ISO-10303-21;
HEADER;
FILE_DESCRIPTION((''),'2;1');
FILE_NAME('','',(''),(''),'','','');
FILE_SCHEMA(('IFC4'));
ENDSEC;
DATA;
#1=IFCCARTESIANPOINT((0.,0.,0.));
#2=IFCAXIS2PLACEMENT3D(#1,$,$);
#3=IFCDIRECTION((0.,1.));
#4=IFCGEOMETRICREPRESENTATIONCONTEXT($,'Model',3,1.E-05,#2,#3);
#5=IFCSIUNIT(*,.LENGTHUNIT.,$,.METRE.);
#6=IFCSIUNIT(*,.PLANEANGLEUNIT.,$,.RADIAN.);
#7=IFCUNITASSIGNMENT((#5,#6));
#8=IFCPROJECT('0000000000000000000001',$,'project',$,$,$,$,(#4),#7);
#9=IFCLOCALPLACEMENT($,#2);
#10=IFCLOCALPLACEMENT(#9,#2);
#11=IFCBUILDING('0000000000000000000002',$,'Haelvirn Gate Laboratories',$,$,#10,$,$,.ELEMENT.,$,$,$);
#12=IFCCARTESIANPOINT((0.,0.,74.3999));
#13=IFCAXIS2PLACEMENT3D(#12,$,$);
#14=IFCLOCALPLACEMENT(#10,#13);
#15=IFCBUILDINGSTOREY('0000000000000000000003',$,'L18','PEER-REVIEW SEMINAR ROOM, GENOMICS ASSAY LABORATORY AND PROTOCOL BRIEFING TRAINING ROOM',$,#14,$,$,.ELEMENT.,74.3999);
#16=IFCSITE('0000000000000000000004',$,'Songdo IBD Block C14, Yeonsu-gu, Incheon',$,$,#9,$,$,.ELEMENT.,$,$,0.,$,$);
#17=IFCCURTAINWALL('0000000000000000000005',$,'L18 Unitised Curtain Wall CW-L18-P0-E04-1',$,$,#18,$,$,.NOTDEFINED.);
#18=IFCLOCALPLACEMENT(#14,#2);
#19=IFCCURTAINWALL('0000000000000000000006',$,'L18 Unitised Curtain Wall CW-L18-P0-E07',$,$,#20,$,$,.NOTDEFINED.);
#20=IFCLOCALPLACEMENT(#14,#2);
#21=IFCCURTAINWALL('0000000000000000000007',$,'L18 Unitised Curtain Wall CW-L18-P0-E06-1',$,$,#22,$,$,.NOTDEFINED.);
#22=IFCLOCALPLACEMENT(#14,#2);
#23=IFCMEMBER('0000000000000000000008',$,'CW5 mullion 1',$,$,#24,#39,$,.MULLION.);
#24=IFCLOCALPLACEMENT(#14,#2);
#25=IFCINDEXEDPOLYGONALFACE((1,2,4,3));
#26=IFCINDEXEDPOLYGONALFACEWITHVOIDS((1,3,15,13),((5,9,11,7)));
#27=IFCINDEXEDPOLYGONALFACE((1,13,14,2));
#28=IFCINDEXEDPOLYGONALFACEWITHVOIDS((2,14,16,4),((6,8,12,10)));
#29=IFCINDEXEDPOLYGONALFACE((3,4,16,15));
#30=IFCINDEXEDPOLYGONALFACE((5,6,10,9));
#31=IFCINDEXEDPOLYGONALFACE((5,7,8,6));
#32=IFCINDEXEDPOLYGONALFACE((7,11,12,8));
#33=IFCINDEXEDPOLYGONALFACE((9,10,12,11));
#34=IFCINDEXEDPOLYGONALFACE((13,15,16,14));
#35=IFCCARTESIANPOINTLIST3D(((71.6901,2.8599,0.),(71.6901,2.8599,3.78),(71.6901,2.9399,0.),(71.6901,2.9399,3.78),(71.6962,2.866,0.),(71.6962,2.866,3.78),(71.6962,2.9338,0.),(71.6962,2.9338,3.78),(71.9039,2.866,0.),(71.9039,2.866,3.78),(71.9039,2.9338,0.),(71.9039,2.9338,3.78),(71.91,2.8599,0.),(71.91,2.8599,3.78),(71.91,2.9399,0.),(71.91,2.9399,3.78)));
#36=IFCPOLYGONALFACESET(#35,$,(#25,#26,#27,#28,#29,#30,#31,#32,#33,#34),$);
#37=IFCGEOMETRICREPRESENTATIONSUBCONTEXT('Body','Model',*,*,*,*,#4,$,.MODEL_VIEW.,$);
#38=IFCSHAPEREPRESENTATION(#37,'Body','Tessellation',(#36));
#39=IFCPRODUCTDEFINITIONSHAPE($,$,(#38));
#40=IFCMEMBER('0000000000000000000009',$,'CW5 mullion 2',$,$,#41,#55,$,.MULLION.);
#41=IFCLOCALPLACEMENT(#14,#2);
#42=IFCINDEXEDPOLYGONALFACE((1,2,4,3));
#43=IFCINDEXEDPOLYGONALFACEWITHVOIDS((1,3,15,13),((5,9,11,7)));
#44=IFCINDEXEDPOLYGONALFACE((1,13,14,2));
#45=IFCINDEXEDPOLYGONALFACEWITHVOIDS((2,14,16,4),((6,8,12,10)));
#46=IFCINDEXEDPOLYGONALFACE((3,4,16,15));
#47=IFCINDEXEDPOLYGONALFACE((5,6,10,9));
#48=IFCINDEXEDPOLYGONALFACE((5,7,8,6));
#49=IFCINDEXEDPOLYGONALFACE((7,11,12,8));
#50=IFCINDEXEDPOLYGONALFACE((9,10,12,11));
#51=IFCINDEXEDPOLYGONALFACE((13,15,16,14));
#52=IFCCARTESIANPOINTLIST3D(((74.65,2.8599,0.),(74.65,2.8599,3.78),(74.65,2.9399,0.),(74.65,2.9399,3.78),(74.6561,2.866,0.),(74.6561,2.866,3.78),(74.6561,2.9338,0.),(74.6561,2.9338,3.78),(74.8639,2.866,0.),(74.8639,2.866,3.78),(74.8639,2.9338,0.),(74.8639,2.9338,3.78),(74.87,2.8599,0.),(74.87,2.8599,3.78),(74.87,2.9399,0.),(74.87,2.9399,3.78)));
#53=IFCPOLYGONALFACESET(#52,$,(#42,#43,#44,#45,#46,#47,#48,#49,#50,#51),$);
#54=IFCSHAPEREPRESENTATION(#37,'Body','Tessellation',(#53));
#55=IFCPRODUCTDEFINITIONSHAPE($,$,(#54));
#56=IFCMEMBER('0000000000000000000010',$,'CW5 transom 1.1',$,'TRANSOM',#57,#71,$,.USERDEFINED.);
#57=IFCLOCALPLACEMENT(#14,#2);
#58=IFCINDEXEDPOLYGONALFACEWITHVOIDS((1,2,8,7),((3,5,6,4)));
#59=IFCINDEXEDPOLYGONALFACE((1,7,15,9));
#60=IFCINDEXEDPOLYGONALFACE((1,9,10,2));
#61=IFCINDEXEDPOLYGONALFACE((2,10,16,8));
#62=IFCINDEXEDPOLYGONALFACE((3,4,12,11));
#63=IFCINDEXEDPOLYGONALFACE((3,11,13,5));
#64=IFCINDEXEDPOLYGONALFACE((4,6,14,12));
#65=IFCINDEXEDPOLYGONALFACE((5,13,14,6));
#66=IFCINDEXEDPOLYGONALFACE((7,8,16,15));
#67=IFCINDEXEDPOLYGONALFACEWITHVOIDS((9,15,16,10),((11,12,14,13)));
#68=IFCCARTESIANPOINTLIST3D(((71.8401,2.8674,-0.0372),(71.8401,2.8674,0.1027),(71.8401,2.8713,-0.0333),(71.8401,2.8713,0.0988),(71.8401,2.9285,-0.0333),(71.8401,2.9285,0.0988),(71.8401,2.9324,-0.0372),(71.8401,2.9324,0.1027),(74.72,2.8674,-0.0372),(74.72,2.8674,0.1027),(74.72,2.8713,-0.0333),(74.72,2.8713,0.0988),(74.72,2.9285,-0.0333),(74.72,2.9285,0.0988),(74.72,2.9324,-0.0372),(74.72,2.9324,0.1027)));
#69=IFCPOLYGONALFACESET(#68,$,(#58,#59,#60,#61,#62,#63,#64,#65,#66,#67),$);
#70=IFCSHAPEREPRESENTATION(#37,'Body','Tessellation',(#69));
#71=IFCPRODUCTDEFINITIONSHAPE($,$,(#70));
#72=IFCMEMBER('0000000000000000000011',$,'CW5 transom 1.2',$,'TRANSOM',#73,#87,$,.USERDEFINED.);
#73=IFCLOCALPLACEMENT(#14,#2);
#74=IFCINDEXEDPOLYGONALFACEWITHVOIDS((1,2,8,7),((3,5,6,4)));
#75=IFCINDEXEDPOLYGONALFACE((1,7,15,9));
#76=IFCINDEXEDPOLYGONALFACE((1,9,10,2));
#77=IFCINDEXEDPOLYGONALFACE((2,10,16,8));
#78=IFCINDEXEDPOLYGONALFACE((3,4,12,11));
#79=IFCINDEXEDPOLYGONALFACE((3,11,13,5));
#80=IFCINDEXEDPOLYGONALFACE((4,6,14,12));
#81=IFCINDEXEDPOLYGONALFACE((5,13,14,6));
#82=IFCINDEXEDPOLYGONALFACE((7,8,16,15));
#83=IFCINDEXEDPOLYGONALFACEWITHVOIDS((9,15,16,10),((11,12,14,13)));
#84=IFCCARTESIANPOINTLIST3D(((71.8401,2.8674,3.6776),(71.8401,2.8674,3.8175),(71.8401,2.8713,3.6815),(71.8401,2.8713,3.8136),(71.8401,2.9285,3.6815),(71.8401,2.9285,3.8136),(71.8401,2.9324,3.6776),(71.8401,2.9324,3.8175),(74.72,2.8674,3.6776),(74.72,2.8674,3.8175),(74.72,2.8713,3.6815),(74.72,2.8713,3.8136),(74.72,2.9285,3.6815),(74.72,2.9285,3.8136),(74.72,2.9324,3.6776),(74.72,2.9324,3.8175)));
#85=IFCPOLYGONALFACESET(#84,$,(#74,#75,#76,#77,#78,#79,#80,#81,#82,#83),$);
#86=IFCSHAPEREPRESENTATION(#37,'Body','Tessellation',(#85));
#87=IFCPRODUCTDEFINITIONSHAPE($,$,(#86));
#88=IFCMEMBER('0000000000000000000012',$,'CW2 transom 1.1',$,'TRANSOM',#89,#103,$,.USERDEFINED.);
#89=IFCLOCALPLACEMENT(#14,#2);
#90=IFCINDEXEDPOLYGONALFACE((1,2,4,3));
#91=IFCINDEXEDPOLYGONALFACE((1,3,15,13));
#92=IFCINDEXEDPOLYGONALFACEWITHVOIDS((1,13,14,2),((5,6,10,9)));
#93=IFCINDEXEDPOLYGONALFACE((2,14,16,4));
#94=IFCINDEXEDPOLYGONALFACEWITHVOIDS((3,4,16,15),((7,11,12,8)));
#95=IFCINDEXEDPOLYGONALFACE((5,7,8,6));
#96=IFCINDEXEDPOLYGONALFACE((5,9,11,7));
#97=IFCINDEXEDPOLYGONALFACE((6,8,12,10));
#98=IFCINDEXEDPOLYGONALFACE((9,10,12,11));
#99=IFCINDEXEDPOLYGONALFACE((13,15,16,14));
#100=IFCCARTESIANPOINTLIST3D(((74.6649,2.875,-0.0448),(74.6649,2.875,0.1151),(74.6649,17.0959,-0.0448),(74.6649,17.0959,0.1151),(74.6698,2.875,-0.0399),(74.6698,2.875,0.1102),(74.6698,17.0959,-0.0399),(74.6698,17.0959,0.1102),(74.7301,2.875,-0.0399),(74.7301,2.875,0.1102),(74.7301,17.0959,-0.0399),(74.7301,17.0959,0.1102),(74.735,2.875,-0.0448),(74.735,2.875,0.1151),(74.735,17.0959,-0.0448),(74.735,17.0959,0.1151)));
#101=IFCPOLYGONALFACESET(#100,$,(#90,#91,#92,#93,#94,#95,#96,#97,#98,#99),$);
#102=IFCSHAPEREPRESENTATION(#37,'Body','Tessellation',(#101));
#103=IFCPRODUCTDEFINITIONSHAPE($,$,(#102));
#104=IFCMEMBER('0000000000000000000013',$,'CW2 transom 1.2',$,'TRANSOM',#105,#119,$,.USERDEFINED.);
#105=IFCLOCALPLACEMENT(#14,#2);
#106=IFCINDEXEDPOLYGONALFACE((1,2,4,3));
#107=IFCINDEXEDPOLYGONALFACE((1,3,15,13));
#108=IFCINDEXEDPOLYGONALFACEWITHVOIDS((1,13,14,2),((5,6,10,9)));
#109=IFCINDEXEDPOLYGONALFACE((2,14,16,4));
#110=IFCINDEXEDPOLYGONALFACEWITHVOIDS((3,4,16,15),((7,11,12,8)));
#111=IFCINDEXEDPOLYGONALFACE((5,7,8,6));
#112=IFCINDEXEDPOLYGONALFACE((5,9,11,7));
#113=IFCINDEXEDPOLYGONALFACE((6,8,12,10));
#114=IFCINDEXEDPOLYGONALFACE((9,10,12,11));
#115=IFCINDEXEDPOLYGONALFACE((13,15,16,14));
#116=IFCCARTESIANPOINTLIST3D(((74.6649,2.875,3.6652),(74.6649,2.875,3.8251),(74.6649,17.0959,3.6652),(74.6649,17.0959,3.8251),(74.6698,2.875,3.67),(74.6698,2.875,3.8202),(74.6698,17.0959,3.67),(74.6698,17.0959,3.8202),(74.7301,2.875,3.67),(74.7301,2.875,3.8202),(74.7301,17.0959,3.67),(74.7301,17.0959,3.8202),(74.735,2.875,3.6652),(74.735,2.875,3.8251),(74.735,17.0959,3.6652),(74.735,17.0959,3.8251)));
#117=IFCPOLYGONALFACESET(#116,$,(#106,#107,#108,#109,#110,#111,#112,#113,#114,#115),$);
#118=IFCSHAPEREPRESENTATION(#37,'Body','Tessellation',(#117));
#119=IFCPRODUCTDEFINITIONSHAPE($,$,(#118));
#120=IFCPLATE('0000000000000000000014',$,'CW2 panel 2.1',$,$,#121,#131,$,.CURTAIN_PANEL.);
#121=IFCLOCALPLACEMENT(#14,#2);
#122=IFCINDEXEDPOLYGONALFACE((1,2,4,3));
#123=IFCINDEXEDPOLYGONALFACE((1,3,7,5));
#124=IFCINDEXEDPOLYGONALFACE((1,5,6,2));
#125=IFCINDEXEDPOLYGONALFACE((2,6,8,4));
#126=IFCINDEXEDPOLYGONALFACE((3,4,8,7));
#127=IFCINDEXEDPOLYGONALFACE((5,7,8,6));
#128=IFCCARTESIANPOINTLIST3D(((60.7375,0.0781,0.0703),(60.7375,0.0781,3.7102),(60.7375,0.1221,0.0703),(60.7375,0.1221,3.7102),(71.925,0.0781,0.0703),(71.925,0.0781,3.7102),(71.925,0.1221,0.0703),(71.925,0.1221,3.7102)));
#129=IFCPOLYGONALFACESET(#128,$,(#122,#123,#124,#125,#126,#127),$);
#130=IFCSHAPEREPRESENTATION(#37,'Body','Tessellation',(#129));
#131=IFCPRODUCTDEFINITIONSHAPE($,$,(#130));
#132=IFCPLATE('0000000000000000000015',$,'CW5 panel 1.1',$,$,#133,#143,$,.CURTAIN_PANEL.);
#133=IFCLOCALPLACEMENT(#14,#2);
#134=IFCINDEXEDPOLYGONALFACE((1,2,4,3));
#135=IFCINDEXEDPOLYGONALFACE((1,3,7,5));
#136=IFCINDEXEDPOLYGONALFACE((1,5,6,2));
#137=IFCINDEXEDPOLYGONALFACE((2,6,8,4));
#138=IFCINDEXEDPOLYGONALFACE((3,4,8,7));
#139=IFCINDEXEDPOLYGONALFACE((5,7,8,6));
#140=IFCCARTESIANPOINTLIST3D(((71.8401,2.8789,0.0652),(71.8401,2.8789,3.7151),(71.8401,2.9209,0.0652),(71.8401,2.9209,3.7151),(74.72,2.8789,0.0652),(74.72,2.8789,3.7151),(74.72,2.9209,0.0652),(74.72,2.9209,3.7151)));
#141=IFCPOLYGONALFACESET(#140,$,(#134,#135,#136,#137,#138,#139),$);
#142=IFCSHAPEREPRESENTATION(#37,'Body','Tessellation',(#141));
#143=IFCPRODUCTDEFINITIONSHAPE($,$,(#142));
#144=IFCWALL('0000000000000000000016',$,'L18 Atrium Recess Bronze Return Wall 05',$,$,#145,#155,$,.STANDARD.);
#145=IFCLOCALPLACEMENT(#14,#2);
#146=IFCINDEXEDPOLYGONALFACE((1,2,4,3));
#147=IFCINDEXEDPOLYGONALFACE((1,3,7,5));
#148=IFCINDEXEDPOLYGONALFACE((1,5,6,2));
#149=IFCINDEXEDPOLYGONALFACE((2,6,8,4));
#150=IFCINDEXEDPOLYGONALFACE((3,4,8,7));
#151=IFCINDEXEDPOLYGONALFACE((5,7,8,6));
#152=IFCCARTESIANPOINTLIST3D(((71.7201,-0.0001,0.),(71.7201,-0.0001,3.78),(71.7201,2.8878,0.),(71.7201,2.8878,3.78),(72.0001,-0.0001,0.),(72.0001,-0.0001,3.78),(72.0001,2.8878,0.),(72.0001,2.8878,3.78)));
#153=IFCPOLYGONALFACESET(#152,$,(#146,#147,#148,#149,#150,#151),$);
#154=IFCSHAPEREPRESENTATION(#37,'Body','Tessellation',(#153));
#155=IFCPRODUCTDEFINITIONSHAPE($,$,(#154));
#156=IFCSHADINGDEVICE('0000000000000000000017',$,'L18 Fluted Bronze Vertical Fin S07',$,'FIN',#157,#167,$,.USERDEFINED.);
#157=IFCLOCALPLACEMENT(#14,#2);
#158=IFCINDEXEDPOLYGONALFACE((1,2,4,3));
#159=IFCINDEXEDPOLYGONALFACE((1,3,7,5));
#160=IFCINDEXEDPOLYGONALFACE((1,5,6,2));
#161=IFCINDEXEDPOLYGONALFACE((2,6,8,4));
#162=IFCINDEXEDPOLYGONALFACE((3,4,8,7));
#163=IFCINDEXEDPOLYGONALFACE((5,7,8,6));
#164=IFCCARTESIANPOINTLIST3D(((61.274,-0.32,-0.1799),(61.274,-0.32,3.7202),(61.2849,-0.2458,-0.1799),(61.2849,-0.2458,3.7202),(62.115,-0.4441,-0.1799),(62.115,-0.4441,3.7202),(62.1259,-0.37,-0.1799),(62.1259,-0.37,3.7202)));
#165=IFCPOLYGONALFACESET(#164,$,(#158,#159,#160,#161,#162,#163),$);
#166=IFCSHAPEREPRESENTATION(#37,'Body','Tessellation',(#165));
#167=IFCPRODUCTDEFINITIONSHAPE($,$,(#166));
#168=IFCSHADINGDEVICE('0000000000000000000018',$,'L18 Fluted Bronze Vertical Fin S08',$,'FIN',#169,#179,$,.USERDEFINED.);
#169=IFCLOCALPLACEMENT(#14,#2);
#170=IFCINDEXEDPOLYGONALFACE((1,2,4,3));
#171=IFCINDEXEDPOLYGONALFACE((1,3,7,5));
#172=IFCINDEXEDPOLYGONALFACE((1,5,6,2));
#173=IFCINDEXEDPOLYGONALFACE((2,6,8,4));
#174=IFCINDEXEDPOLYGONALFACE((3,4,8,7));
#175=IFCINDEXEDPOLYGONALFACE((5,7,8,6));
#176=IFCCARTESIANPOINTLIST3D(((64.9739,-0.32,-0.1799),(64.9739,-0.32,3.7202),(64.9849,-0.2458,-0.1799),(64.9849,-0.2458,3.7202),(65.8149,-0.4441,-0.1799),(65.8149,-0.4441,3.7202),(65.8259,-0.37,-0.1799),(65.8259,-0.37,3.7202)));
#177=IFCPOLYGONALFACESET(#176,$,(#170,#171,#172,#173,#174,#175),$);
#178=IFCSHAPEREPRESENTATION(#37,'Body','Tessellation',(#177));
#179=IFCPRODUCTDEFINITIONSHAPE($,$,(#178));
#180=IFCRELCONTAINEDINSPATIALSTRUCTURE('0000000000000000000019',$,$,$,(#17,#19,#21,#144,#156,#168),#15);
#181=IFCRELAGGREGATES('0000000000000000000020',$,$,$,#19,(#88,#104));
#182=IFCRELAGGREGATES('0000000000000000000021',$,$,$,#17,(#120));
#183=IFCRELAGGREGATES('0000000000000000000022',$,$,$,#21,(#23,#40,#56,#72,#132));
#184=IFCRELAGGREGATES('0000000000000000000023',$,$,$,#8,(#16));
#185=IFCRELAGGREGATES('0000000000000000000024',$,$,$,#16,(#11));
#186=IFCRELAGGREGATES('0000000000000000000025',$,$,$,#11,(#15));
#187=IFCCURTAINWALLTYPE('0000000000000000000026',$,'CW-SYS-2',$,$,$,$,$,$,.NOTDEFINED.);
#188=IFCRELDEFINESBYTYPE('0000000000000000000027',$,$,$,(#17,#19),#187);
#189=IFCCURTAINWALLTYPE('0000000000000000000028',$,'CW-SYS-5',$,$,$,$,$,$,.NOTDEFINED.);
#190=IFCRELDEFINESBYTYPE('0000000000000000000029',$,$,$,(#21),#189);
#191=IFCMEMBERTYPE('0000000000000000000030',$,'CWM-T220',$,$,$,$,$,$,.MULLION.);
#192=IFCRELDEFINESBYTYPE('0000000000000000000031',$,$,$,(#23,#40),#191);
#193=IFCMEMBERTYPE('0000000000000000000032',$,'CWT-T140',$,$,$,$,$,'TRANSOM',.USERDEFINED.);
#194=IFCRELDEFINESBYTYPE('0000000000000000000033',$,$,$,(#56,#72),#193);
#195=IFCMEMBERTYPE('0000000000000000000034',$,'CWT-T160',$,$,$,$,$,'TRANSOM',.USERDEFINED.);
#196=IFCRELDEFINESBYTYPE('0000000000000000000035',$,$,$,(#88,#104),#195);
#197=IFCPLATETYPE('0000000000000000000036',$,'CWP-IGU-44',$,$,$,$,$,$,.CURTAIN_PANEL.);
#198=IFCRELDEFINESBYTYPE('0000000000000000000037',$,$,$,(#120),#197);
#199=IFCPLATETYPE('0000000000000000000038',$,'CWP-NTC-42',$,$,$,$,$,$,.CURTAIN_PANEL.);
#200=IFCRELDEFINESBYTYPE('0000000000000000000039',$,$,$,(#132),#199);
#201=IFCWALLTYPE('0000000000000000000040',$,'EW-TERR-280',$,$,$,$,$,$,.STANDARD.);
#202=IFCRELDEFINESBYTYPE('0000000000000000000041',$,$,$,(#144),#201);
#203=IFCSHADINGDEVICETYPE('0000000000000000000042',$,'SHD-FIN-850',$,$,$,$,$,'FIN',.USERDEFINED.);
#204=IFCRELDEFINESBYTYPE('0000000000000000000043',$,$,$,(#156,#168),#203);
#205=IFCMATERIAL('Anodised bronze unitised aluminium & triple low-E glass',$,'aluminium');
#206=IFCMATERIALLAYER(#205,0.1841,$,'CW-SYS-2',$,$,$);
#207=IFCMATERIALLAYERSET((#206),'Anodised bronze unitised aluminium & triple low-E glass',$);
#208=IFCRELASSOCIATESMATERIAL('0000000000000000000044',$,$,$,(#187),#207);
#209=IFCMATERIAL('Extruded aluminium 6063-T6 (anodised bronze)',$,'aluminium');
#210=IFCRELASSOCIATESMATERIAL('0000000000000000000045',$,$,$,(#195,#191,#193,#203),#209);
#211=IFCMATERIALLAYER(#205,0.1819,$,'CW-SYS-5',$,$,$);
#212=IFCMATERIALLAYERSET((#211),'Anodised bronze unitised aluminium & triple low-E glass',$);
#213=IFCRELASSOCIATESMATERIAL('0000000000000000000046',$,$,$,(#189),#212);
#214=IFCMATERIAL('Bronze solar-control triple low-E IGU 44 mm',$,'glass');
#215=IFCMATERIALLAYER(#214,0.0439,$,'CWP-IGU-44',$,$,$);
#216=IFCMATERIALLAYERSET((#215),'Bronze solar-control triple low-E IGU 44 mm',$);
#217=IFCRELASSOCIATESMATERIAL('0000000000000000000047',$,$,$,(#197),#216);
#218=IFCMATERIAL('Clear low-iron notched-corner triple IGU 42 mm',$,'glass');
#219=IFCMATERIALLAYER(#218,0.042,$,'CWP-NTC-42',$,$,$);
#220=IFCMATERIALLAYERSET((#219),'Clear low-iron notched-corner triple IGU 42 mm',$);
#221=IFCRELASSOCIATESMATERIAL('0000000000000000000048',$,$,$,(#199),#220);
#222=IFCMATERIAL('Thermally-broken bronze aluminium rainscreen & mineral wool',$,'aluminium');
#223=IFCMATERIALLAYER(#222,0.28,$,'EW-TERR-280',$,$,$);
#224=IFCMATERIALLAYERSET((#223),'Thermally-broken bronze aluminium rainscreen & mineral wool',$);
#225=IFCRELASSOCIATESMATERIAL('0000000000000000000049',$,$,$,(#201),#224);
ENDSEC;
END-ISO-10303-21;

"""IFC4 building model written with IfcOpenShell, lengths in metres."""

from ifc_helpers import new_model, si_unit, direction, frame, frame_2d, origin, origin_2d, place, context, subcontext, project, spatial, rectangle, hollow_rectangle, extrude, source, transform, mapped, material, layer, layer_set, material_profile, profile_set, type_object, type_shapes, element, aggregate, save


model = new_model("IFC4")

# Units and contexts
model_context = context("Model", 3, precision=1e-05, world=origin(), true_north=direction((0.0, 1.0)))
body_context = subcontext(model_context, "Body", "Model", "MODEL_VIEW")
ifc_project = project(units=[si_unit("LENGTHUNIT", "METRE"), si_unit("PLANEANGLEUNIT", "RADIAN")], contexts=[model_context])

# Site, building, storey
site_placement = place(None, origin())
site = spatial("IfcSite", under=ifc_project, at=site_placement, Name="Songdo IBD Block C14, Yeonsu-gu, Incheon", CompositionType="ELEMENT", RefElevation=0.0)
building_placement = place(site_placement, origin())
building = spatial("IfcBuilding", under=site, at=building_placement, Name="Haelvirn Gate Laboratories", CompositionType="ELEMENT")
storey_placement = place(building_placement, frame((0.0, 0.0, 74.3999)))
storey = spatial("IfcBuildingStorey", under=building, at=storey_placement, Name="L18", Description="PEER-REVIEW SEMINAR ROOM, GENOMICS ASSAY LABORATORY AND PROTOCOL BRIEFING TRAINING ROOM", CompositionType="ELEMENT", Elevation=74.3999)

# Curtain wall
ifc_material_1 = material(Name="Anodised bronze unitised aluminium & triple low-E glass", Category="aluminium")
ifc_layer_1 = layer(ifc_material_1, 0.1841, Name="CW-SYS-2")
ifc_layer_set_1 = layer_set([ifc_layer_1], Name="Anodised bronze unitised aluminium & triple low-E glass")
curtain_wall_type_1 = type_object("IfcCurtainWallType", Name="CW-SYS-2", PredefinedType="NOTDEFINED", material=ifc_layer_set_1)
curtain_wall_1_placement = place(storey_placement, origin())
curtain_wall_1 = element("IfcCurtainWall", 1, at=curtain_wall_1_placement, inside=storey, type_object=curtain_wall_type_1, Name="L18 Unitised Curtain Wall CW-L18-P0-E04-1", PredefinedType="NOTDEFINED")
ifc_material_2 = material(Name="Extruded aluminium 6063-T6 (anodised bronze)", Category="aluminium")

# Curtain wall
curtain_wall_2_placement = place(storey_placement, origin())
curtain_wall_2 = element("IfcCurtainWall", 2, at=curtain_wall_2_placement, inside=storey, type_object=curtain_wall_type_1, Name="L18 Unitised Curtain Wall CW-L18-P0-E07", PredefinedType="NOTDEFINED")

# Shared definitions
ifc_material_profile_1 = material_profile(ifc_material_2, hollow_rectangle(XDim=0.0701, YDim=0.1599, WallThickness=0.0049, at=origin_2d()), Name="CWT-160x70x5")
ifc_profile_set_1 = profile_set([ifc_material_profile_1], Name="Extruded aluminium 6063-T6 (anodised bronze)")
member_type_1 = type_object("IfcMemberType", Name="CWT-T160", ElementType="TRANSOM", PredefinedType="USERDEFINED", material=ifc_profile_set_1)

# Curtain wall, members
ifc_layer_2 = layer(ifc_material_1, 0.1819, Name="CW-SYS-5")
ifc_layer_set_2 = layer_set([ifc_layer_2], Name="Anodised bronze unitised aluminium & triple low-E glass")
curtain_wall_type_2 = type_object("IfcCurtainWallType", Name="CW-SYS-5", PredefinedType="NOTDEFINED", material=ifc_layer_set_2)
curtain_wall_3_placement = place(storey_placement, origin())
curtain_wall_3 = element("IfcCurtainWall", 3, at=curtain_wall_3_placement, inside=storey, type_object=curtain_wall_type_2, Name="L18 Unitised Curtain Wall CW-L18-P0-E06-1", PredefinedType="NOTDEFINED")
ifc_material_profile_2 = material_profile(ifc_material_2, hollow_rectangle(XDim=0.0801, YDim=0.22, WallThickness=0.0061, at=origin_2d()), Name="CWM-220x80x6")
ifc_profile_set_2 = profile_set([ifc_material_profile_2], Name="Extruded aluminium 6063-T6 (anodised bronze)")
member_type_2 = type_object("IfcMemberType", Name="CWM-T220", PredefinedType="MULLION", material=ifc_profile_set_2)
shared_shape_1 = source(origin(), body_context, "Body", "SweptSolid", [
    extrude(hollow_rectangle(XDim=0.0801, YDim=0.22, WallThickness=0.0061, at=origin_2d()), origin(), (0.0, 0.0, 1.0), 3.78),
])
type_shapes(member_type_2, [shared_shape_1])
member_1_placement = place(storey_placement, frame((71.8, 2.8999, 0.0), z_axis=(0.0, 0.0, 1.0), x_axis=(0.0, 1.0, 0.0)))
member_1 = element("IfcMember", 4, at=member_1_placement, type_object=member_type_2, Name="CW5 mullion 1", PredefinedType="MULLION", context=body_context, shape_type="MappedRepresentation", body=[
    mapped(shared_shape_1, transform((0.0, 0.0, 0.0), scale=1.0)),
])
member_2_placement = place(storey_placement, frame((74.76, 2.8999, 0.0), z_axis=(0.0, 0.0, 1.0), x_axis=(0.0, 1.0, 0.0)))
member_2 = element("IfcMember", 5, at=member_2_placement, type_object=member_type_2, Name="CW5 mullion 2", PredefinedType="MULLION", context=body_context, shape_type="MappedRepresentation", body=[
    mapped(shared_shape_1, transform((0.0, 0.0, 0.0), scale=1.0)),
])
ifc_material_profile_3 = material_profile(ifc_material_2, hollow_rectangle(XDim=0.0649, YDim=0.1399, WallThickness=0.0039, at=origin_2d()), Name="CWT-140x65x4")
ifc_profile_set_3 = profile_set([ifc_material_profile_3], Name="Extruded aluminium 6063-T6 (anodised bronze)")
member_type_3 = type_object("IfcMemberType", Name="CWT-T140", ElementType="TRANSOM", PredefinedType="USERDEFINED", material=ifc_profile_set_3)
shared_shape_2 = source(origin(), body_context, "Body", "SweptSolid", [
    extrude(hollow_rectangle(XDim=0.0649, YDim=0.1399, WallThickness=0.0039, at=origin_2d()), origin(), (0.0, 0.0, 1.0), 2.8799),
])
type_shapes(member_type_3, [shared_shape_2])
member_3_placement = place(storey_placement, frame((71.8401, 2.8999, 0.0327), z_axis=(1.0, 0.0, 0.0), x_axis=(0.0, 1.0, 0.0)))
member_3 = element("IfcMember", 6, at=member_3_placement, type_object=member_type_3, Name="CW5 transom 1.1", ObjectType="TRANSOM", PredefinedType="USERDEFINED", context=body_context, shape_type="MappedRepresentation", body=[
    mapped(shared_shape_2, transform((0.0, 0.0, 0.0), scale=1.0)),
])
member_4_placement = place(storey_placement, frame((71.8401, 2.8999, 3.7476), z_axis=(1.0, 0.0, 0.0), x_axis=(0.0, 1.0, 0.0)))
member_4 = element("IfcMember", 7, at=member_4_placement, type_object=member_type_3, Name="CW5 transom 1.2", ObjectType="TRANSOM", PredefinedType="USERDEFINED", context=body_context, shape_type="MappedRepresentation", body=[
    mapped(shared_shape_2, transform((0.0, 0.0, 0.0), scale=1.0)),
])

# Members
shared_shape_3 = source(origin(), body_context, "Body", "SweptSolid", [
    extrude(hollow_rectangle(XDim=0.0701, YDim=0.1599, WallThickness=0.0049, at=origin_2d()), origin(), (0.0, 0.0, 1.0), 14.2209),
])
member_5_placement = place(storey_placement, frame((74.7, 2.875, 0.0352), z_axis=(0.0, 1.0, 0.0), x_axis=(-1.0, 0.0, 0.0)))
member_5 = element("IfcMember", 8, at=member_5_placement, type_object=member_type_1, Name="CW2 transom 1.1", ObjectType="TRANSOM", PredefinedType="USERDEFINED", context=body_context, shape_type="MappedRepresentation", body=[
    mapped(shared_shape_3, transform((0.0, 0.0, 0.0), scale=1.0)),
])
member_6_placement = place(storey_placement, frame((74.7, 2.875, 3.7451), z_axis=(0.0, 1.0, 0.0), x_axis=(-1.0, 0.0, 0.0)))
member_6 = element("IfcMember", 9, at=member_6_placement, type_object=member_type_1, Name="CW2 transom 1.2", ObjectType="TRANSOM", PredefinedType="USERDEFINED", context=body_context, shape_type="MappedRepresentation", body=[
    mapped(shared_shape_3, transform((0.0, 0.0, 0.0), scale=1.0)),
])
aggregate(curtain_wall_2, [member_5, member_6])

# Plates
ifc_material_3 = material(Name="Bronze solar-control triple low-E IGU 44 mm", Category="glass")
ifc_layer_3 = layer(ifc_material_3, 0.0439, Name="CWP-IGU-44")
ifc_layer_set_3 = layer_set([ifc_layer_3], Name="Bronze solar-control triple low-E IGU 44 mm")
plate_type_1 = type_object("IfcPlateType", Name="CWP-IGU-44", PredefinedType="CURTAIN_PANEL", material=ifc_layer_set_3)
shared_shape_4 = source(origin(), body_context, "Body", "SweptSolid", [
    extrude(rectangle(XDim=11.1875, YDim=0.0439, at=origin_2d()), origin(), (0.0, 0.0, 1.0), 3.6399),
])
type_shapes(plate_type_1, [shared_shape_4])
plate_1_placement = place(storey_placement, frame((66.3313, 0.1001, 0.0703), z_axis=(0.0, 0.0, 1.0), x_axis=(1.0, 0.0, 0.0)))
plate_1 = element("IfcPlate", 10, at=plate_1_placement, type_object=plate_type_1, Name="CW2 panel 2.1", PredefinedType="CURTAIN_PANEL", context=body_context, shape_type="MappedRepresentation", body=[
    mapped(shared_shape_4, transform((0.0, 0.0, 0.0), scale=1.0)),
])
aggregate(curtain_wall_1, [plate_1])
ifc_material_4 = material(Name="Clear low-iron notched-corner triple IGU 42 mm", Category="glass")
ifc_layer_4 = layer(ifc_material_4, 0.042, Name="CWP-NTC-42")
ifc_layer_set_4 = layer_set([ifc_layer_4], Name="Clear low-iron notched-corner triple IGU 42 mm")
plate_type_2 = type_object("IfcPlateType", Name="CWP-NTC-42", PredefinedType="CURTAIN_PANEL", material=ifc_layer_set_4)
shared_shape_5 = source(origin(), body_context, "Body", "SweptSolid", [
    extrude(rectangle(XDim=2.8799, YDim=0.042, at=origin_2d()), origin(), (0.0, 0.0, 1.0), 3.6499),
])
type_shapes(plate_type_2, [shared_shape_5])
plate_2_placement = place(storey_placement, frame((73.28, 2.8999, 0.0652), z_axis=(0.0, 0.0, 1.0), x_axis=(1.0, 0.0, 0.0)))
plate_2 = element("IfcPlate", 11, at=plate_2_placement, type_object=plate_type_2, Name="CW5 panel 1.1", PredefinedType="CURTAIN_PANEL", context=body_context, shape_type="MappedRepresentation", body=[
    mapped(shared_shape_5, transform((0.0, 0.0, 0.0), scale=1.0)),
])
aggregate(curtain_wall_3, [member_1, member_2, member_3, member_4, plate_2])

# Wall
ifc_material_5 = material(Name="Thermally-broken bronze aluminium rainscreen & mineral wool", Category="aluminium")
ifc_layer_5 = layer(ifc_material_5, 0.28, Name="EW-TERR-280")
ifc_layer_set_5 = layer_set([ifc_layer_5], Name="Thermally-broken bronze aluminium rainscreen & mineral wool")
wall_type = type_object("IfcWallType", Name="EW-TERR-280", PredefinedType="STANDARD", material=ifc_layer_set_5)
wall_placement = place(storey_placement, frame((71.8601, 0.0, 0.0), z_axis=(0.0, 0.0, 1.0), x_axis=(0.0, 1.0, 0.0)))
element("IfcWall", 12, at=wall_placement, inside=storey, type_object=wall_type, Name="L18 Atrium Recess Bronze Return Wall 05", PredefinedType="STANDARD", context=body_context, shape_type="SweptSolid", body=[
    extrude(rectangle(XDim=2.8879, YDim=0.28, at=frame_2d((1.4438, 0.0))), origin(), (0.0, 0.0, 1.0), 3.78),
])

# Shading devices
ifc_material_profile_4 = material_profile(ifc_material_2, rectangle(XDim=0.075, YDim=0.8501, at=origin_2d()), Name="FIN-850x75")
ifc_profile_set_4 = profile_set([ifc_material_profile_4], Name="Extruded aluminium 6063-T6 (anodised bronze)")
shading_device_type = type_object("IfcShadingDeviceType", Name="SHD-FIN-850", ElementType="FIN", PredefinedType="USERDEFINED", material=ifc_profile_set_4)
shared_shape_6 = source(origin(), body_context, "Body", "SweptSolid", [
    extrude(rectangle(XDim=0.075, YDim=0.8501, at=origin_2d()), origin(), (0.0, 0.0, 1.0), 3.9001),
])
type_shapes(shading_device_type, [shared_shape_6])
for number, where, z_axis, x_axis, name in (
    (13, (61.7, -0.345, -0.1799), (0.0, 0.0, 1.0), (0.146083, 0.989272, 0.0), "L18 Fluted Bronze Vertical Fin S07"),
    (14, (65.3999, -0.345, -0.1799), (0.0, 0.0, 1.0), (0.146083, 0.989272, 0.0), "L18 Fluted Bronze Vertical Fin S08"),
):
    element("IfcShadingDevice", number, at=place(storey_placement, frame(where, z_axis=z_axis, x_axis=x_axis)), inside=storey, type_object=shading_device_type, Name=name, ObjectType="FIN", PredefinedType="USERDEFINED", context=body_context, shape_type="MappedRepresentation", body=[
        mapped(shared_shape_6, transform((0.0, 0.0, 0.0), scale=1.0)),
    ])

save(model, "model.ifc")
